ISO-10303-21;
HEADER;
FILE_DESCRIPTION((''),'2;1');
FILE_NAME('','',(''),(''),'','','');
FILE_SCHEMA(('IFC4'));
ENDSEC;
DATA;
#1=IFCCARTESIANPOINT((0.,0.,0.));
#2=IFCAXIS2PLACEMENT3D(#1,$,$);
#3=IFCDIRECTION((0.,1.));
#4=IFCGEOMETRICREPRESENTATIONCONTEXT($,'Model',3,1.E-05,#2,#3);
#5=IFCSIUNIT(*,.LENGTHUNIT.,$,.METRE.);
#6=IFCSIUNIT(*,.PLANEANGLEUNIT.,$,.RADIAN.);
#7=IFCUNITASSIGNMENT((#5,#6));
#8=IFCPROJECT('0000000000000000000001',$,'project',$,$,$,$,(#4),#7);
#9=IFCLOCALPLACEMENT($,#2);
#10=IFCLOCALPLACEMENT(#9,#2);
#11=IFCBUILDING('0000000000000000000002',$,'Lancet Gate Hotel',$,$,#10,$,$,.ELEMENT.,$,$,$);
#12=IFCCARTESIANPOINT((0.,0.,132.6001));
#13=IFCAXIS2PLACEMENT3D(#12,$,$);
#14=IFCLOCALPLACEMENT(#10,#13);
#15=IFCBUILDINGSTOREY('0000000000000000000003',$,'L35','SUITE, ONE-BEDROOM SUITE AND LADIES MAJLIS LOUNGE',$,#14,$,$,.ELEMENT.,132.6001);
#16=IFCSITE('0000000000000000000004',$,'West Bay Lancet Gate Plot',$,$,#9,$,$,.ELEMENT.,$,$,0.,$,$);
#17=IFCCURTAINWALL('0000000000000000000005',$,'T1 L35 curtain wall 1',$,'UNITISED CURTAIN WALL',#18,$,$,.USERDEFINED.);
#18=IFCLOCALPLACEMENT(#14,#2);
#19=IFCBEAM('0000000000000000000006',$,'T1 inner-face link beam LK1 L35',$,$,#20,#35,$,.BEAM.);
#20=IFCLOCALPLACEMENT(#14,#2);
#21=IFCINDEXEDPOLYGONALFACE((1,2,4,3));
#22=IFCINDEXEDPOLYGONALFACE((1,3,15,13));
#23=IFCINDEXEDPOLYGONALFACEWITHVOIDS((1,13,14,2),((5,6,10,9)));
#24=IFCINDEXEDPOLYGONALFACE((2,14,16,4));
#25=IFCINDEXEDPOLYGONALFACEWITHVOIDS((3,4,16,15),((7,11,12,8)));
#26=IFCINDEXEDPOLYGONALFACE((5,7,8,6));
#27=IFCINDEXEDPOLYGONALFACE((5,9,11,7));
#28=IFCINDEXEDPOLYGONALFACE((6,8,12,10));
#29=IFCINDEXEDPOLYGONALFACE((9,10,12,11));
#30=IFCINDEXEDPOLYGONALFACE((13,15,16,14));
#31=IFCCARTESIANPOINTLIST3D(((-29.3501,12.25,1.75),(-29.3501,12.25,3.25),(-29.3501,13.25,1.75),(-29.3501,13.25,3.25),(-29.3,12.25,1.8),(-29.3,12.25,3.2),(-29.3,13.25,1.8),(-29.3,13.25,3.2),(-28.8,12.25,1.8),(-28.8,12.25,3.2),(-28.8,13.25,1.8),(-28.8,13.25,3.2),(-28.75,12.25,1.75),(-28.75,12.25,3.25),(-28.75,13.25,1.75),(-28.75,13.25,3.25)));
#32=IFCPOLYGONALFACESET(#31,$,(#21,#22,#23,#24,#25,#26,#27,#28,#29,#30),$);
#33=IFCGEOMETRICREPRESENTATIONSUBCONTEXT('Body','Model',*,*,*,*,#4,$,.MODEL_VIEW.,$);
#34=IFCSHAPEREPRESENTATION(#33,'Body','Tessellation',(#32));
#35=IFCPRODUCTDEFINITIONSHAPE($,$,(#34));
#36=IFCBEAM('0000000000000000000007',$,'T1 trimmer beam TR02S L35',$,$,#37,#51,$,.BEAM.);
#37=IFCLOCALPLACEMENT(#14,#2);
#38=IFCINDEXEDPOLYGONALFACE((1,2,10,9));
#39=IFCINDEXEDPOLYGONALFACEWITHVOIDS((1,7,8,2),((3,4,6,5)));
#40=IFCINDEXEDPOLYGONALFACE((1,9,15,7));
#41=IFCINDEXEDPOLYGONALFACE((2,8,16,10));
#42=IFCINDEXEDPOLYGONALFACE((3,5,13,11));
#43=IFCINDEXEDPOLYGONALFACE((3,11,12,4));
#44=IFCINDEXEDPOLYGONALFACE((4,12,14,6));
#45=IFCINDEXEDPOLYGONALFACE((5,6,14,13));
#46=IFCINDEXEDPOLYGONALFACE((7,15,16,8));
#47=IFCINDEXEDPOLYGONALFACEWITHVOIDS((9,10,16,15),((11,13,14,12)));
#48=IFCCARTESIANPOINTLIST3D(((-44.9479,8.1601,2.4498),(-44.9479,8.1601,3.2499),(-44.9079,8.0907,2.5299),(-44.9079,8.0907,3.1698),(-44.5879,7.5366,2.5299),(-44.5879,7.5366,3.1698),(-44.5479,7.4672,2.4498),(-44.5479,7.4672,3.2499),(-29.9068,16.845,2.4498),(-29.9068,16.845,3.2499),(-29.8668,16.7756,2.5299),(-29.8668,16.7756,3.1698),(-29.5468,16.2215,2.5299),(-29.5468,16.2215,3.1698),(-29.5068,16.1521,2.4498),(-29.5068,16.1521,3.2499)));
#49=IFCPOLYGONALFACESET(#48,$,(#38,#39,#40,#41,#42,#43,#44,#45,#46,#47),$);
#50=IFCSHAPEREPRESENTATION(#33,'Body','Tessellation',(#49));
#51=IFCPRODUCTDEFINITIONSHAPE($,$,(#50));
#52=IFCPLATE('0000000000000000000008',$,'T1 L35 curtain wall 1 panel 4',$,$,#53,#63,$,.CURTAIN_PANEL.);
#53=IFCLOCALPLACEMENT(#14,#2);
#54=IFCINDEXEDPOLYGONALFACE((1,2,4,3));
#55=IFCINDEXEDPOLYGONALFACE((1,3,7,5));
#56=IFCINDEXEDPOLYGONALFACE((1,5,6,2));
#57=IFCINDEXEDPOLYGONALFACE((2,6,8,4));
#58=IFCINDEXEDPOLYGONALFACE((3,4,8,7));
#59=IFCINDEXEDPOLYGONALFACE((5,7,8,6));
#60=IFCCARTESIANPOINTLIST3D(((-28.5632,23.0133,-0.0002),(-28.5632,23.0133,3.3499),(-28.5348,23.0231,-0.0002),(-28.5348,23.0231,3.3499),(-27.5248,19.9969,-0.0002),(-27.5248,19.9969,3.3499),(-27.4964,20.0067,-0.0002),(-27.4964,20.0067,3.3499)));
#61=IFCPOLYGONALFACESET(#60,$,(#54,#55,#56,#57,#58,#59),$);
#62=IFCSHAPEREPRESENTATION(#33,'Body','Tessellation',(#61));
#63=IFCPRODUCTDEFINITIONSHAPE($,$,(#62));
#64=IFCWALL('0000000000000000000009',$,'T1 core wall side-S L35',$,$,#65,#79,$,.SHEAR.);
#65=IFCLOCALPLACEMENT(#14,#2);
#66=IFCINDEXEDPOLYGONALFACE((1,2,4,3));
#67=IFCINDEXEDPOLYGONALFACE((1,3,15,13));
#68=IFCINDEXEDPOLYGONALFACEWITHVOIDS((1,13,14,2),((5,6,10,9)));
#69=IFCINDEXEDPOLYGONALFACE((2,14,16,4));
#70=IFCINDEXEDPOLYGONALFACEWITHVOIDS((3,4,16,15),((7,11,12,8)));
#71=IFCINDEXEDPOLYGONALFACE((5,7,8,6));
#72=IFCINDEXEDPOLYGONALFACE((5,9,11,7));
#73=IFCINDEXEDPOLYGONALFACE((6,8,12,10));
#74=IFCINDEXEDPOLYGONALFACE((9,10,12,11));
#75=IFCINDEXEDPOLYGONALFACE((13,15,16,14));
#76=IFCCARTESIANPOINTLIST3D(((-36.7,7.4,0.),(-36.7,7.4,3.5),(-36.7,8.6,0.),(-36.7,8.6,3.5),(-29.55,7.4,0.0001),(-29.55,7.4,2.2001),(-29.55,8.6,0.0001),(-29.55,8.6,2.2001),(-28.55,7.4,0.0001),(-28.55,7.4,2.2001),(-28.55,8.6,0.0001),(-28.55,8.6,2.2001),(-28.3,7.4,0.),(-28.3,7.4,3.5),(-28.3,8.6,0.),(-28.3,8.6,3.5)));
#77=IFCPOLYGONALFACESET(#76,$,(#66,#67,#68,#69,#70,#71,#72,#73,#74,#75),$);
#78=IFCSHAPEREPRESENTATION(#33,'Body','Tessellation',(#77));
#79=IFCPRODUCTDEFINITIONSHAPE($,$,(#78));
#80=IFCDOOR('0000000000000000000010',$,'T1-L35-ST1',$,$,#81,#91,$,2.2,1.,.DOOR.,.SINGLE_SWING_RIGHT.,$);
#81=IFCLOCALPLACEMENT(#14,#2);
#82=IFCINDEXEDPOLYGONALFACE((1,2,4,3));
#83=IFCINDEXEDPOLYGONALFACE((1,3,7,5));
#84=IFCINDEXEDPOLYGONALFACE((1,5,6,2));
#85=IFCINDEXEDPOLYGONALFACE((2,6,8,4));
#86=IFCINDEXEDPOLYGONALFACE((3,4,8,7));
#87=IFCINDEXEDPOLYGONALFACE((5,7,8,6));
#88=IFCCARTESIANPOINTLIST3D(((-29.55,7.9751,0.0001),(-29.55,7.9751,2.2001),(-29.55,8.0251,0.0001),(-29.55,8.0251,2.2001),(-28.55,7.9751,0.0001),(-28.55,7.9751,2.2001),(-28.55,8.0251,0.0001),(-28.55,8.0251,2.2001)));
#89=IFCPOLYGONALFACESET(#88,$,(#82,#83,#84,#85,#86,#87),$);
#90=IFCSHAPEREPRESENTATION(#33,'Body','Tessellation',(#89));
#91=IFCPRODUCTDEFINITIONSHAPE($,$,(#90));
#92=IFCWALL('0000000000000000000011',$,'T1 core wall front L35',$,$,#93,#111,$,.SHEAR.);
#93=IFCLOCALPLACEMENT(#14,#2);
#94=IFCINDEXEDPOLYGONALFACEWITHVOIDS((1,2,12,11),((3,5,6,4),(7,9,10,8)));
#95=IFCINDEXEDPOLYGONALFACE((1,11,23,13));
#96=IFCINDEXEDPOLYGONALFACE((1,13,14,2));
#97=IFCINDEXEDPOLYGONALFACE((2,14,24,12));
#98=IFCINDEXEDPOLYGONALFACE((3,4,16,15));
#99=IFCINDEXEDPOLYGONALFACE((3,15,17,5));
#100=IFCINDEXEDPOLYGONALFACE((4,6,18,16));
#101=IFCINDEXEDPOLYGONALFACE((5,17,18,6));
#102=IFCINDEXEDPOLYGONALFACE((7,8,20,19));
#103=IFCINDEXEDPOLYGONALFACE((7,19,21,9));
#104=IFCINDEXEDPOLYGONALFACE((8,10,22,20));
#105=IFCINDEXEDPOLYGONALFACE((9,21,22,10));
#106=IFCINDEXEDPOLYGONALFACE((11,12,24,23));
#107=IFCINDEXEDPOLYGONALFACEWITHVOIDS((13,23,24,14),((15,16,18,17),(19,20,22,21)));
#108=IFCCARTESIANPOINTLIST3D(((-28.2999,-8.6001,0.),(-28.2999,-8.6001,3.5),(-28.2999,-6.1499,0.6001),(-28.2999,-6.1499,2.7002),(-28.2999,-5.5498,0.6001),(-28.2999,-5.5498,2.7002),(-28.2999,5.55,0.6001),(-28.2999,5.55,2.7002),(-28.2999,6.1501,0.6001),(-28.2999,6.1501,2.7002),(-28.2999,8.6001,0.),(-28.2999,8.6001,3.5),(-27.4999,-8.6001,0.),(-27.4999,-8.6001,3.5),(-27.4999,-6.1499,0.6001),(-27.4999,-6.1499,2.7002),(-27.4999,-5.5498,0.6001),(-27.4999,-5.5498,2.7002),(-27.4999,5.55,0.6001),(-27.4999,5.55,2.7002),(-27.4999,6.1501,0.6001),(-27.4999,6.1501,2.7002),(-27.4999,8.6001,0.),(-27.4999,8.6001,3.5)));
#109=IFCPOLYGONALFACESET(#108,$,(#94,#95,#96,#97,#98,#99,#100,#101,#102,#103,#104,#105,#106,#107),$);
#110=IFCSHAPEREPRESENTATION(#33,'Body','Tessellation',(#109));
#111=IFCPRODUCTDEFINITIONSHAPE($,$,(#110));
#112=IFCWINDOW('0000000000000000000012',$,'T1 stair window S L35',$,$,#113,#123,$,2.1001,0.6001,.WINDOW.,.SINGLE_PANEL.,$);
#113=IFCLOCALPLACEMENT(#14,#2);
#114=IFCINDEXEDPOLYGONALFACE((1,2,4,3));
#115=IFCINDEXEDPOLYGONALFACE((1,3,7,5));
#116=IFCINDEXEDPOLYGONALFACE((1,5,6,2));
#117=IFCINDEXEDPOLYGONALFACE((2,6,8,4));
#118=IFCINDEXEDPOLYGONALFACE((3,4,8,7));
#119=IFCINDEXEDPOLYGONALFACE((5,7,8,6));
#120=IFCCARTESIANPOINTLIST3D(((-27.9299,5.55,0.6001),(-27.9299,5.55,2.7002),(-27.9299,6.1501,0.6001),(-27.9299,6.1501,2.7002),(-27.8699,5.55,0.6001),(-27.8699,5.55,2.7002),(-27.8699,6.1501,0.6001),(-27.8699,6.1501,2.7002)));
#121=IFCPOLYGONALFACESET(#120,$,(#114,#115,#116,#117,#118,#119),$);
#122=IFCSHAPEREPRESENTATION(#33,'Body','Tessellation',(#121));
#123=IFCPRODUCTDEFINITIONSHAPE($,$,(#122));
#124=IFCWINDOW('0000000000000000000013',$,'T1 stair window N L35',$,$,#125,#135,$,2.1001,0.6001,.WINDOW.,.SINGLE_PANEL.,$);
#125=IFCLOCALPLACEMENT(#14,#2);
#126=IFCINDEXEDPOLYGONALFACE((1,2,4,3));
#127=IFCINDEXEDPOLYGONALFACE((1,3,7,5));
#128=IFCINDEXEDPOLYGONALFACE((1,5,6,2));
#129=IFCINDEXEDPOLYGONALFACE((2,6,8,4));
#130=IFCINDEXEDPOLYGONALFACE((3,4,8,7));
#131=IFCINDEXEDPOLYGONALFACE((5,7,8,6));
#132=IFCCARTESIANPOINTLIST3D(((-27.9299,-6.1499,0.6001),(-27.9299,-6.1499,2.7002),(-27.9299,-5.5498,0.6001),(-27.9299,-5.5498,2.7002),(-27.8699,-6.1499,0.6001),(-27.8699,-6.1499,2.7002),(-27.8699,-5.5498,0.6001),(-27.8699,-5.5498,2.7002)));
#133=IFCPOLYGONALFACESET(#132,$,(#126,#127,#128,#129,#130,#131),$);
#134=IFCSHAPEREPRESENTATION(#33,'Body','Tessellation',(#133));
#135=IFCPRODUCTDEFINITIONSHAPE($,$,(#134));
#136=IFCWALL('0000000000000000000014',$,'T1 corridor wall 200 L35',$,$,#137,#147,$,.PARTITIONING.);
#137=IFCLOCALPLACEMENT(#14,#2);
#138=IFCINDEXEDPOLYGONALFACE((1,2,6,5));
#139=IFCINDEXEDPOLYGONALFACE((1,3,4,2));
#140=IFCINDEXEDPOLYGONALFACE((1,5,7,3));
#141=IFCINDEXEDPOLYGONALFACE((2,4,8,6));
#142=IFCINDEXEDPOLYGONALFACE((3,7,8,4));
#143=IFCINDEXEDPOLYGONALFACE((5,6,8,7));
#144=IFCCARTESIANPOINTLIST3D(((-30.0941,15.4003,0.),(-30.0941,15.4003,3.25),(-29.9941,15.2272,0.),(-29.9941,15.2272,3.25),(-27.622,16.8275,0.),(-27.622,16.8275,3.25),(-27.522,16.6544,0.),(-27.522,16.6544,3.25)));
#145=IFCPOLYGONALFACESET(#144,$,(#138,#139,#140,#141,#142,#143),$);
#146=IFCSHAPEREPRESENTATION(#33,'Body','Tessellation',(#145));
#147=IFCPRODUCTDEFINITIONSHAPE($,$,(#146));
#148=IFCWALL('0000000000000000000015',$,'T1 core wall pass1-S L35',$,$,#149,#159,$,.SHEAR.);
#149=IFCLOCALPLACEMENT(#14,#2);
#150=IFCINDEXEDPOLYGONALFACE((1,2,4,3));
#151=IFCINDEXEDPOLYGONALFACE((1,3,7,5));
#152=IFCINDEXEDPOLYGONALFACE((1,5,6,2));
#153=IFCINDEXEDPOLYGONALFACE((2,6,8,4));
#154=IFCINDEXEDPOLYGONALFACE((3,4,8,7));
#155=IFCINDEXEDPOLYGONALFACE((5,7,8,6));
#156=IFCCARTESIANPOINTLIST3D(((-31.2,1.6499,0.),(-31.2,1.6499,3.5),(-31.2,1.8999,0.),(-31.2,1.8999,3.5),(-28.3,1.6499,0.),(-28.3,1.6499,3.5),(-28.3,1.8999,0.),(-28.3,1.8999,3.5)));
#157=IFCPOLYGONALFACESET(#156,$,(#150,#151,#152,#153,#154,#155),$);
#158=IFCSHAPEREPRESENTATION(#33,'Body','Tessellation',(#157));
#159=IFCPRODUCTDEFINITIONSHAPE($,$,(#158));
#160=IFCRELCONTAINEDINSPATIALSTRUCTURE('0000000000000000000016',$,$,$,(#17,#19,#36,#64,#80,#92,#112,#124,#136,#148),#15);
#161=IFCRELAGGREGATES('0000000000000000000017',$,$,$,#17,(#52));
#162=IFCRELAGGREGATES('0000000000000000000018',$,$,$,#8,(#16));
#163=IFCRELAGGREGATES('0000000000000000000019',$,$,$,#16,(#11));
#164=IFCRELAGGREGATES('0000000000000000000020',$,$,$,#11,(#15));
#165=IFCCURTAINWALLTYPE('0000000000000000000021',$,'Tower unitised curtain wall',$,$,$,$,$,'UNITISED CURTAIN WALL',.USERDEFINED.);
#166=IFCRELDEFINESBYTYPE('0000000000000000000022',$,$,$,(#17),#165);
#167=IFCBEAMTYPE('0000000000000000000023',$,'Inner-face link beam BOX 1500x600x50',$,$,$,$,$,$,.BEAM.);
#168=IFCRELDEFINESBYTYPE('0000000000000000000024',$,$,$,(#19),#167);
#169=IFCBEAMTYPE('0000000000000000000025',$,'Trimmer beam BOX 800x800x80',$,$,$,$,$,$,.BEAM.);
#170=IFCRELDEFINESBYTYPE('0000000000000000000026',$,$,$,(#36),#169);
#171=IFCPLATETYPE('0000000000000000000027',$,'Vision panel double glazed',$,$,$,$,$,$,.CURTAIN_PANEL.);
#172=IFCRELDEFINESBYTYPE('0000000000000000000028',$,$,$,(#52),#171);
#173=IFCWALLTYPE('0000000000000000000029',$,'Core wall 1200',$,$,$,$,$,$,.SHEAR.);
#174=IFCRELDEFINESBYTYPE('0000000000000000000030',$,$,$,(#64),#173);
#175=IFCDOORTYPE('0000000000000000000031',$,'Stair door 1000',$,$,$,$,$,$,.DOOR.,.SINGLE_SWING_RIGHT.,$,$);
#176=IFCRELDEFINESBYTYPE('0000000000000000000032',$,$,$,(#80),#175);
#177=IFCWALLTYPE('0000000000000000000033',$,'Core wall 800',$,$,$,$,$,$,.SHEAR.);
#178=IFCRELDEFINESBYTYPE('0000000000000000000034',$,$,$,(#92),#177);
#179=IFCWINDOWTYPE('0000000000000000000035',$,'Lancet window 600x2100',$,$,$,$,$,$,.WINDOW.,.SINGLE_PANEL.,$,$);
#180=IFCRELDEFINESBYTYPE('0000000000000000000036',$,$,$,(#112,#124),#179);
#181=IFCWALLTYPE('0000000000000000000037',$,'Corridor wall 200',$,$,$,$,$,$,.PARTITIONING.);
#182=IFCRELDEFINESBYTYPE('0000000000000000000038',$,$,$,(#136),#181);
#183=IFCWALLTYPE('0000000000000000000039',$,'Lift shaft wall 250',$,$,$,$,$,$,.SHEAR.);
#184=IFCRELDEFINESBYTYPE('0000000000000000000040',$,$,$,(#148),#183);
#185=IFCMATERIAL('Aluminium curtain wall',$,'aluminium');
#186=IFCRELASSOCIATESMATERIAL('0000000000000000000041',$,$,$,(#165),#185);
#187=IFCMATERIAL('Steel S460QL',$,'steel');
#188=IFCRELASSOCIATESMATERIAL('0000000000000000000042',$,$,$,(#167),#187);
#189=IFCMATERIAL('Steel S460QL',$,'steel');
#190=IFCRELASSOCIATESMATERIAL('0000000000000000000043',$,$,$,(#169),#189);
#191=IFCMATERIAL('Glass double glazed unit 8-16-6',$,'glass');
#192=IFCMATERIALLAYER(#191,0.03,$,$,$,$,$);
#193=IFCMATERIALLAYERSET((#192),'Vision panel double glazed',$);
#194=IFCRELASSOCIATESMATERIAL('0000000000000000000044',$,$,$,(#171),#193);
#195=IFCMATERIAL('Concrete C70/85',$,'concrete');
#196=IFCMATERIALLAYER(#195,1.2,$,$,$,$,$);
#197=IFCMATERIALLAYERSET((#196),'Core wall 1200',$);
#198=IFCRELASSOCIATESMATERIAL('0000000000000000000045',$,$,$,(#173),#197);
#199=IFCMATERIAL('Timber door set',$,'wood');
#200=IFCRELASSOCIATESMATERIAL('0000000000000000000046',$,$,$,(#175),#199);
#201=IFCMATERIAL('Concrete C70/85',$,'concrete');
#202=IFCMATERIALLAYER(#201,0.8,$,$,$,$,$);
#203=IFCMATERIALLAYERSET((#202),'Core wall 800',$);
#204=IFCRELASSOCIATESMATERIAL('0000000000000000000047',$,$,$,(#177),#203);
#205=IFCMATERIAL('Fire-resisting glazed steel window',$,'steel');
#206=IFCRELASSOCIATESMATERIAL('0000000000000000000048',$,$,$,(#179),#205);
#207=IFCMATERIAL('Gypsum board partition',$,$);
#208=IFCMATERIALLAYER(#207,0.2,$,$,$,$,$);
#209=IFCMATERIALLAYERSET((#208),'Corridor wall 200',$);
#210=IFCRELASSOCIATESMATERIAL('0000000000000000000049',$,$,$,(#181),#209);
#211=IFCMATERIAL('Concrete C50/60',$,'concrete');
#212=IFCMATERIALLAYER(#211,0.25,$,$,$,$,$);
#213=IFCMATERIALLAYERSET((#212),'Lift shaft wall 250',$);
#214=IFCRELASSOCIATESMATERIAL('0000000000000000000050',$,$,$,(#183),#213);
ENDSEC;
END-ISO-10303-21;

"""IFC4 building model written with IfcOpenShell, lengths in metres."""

from ifc_helpers import new_model, si_unit, direction, frame, frame_2d, origin, origin_2d, place, context, subcontext, project, spatial, rectangle, hollow_rectangle, extrude, material, layer, layer_set, material_profile, profile_set, type_object, element, fill, aggregate, save


model = new_model("IFC4")

# Units and contexts
model_context = context("Model", 3, precision=1e-05, world=origin(), true_north=direction((0.0, 1.0)))
body_context = subcontext(model_context, "Body", "Model", "MODEL_VIEW")
ifc_project = project(units=[si_unit("LENGTHUNIT", "METRE"), si_unit("PLANEANGLEUNIT", "RADIAN")], contexts=[model_context])

# Site, building, storey
site_placement = place(None, origin())
site = spatial("IfcSite", under=ifc_project, at=site_placement, Name="West Bay Lancet Gate Plot", CompositionType="ELEMENT", RefElevation=0.0)
building_placement = place(site_placement, origin())
building = spatial("IfcBuilding", under=site, at=building_placement, Name="Lancet Gate Hotel", CompositionType="ELEMENT")
storey_placement = place(building_placement, frame((0.0, 0.0, 132.6001)))
storey = spatial("IfcBuildingStorey", under=building, at=storey_placement, Name="L35", Description="SUITE, ONE-BEDROOM SUITE AND LADIES MAJLIS LOUNGE", CompositionType="ELEMENT", Elevation=132.6001)

# Curtain wall
ifc_material_1 = material(Name="Aluminium curtain wall", Category="aluminium")
curtain_wall_type = type_object("IfcCurtainWallType", Name="Tower unitised curtain wall", ElementType="UNITISED CURTAIN WALL", PredefinedType="USERDEFINED", material=ifc_material_1)
curtain_wall_placement = place(storey_placement, origin())
curtain_wall = element("IfcCurtainWall", 1, at=curtain_wall_placement, inside=storey, type_object=curtain_wall_type, Name="T1 L35 curtain wall 1", ObjectType="UNITISED CURTAIN WALL", PredefinedType="USERDEFINED")

# Beams
ifc_material_2 = material(Name="Steel S460QL", Category="steel")
ifc_material_profile_1 = material_profile(ifc_material_2, hollow_rectangle(XDim=0.6001, YDim=1.5, WallThickness=0.05, at=origin_2d()), Name="BOX 1500x600x50")
ifc_profile_set_1 = profile_set([ifc_material_profile_1], Name="Steel S460QL")
beam_type_1 = type_object("IfcBeamType", Name="Inner-face link beam BOX 1500x600x50", PredefinedType="BEAM", material=ifc_profile_set_1)
beam_1_placement = place(storey_placement, frame((-29.05, 13.25, 2.5), z_axis=(0.0, -1.0, 0.0), x_axis=(1.0, 0.0, 0.0)))
element("IfcBeam", 2, at=beam_1_placement, inside=storey, type_object=beam_type_1, Name="T1 inner-face link beam LK1 L35", PredefinedType="BEAM", context=body_context, shape_type="SweptSolid", body=[
    extrude(hollow_rectangle(XDim=0.6001, YDim=1.5, WallThickness=0.05, at=origin_2d()), origin(), (0.0, 0.0, 1.0), 1.0),
])
ifc_material_3 = material(Name="Steel S460QL", Category="steel")
ifc_material_profile_2 = material_profile(ifc_material_3, hollow_rectangle(XDim=0.8, YDim=0.8, WallThickness=0.0801, at=origin_2d()), Name="BOX 800x800x80")
ifc_profile_set_2 = profile_set([ifc_material_profile_2], Name="Steel S460QL")
beam_type_2 = type_object("IfcBeamType", Name="Trimmer beam BOX 800x800x80", PredefinedType="BEAM", material=ifc_profile_set_2)
beam_2_placement = place(storey_placement, frame((-29.7068, 16.4985, 2.8499), z_axis=(-0.866003, -0.500038, 0.0), x_axis=(0.500038, -0.866003, 0.0)))
element("IfcBeam", 3, at=beam_2_placement, inside=storey, type_object=beam_type_2, Name="T1 trimmer beam TR02S L35", PredefinedType="BEAM", context=body_context, shape_type="SweptSolid", body=[
    extrude(hollow_rectangle(XDim=0.8, YDim=0.8, WallThickness=0.0801, at=origin_2d()), origin(), (0.0, 0.0, 1.0), 17.3684),
])

# Plate
ifc_material_4 = material(Name="Glass double glazed unit 8-16-6", Category="glass")
ifc_layer_1 = layer(ifc_material_4, 0.03)
ifc_layer_set_1 = layer_set([ifc_layer_1], Name="Vision panel double glazed")
plate_type = type_object("IfcPlateType", Name="Vision panel double glazed", PredefinedType="CURTAIN_PANEL", material=ifc_layer_set_1)
plate_placement = place(storey_placement, frame((-28.0298, 21.51, -0.0002), z_axis=(0.0, 0.0, 1.0), x_axis=(-0.325516, 0.945537, 0.0)))
plate = element("IfcPlate", 4, at=plate_placement, type_object=plate_type, Name="T1 L35 curtain wall 1 panel 4", PredefinedType="CURTAIN_PANEL", context=body_context, shape_type="SweptSolid", body=[
    extrude(rectangle(XDim=3.1902, YDim=0.03, at=origin_2d()), origin(), (0.0, 0.0, 1.0), 3.3501),
])
aggregate(curtain_wall, [plate])

# Wall, opening, door
ifc_material_5 = material(Name="Concrete C70/85", Category="concrete")
ifc_layer_2 = layer(ifc_material_5, 1.2)
ifc_layer_set_2 = layer_set([ifc_layer_2], Name="Core wall 1200")
wall_type_1 = type_object("IfcWallType", Name="Core wall 1200", PredefinedType="SHEAR", material=ifc_layer_set_2)
wall_1_placement = place(storey_placement, frame((-28.3, 8.0, 0.0), z_axis=(0.0, 0.0, 1.0), x_axis=(-1.0, 0.0, 0.0)))
wall_1 = element("IfcWall", 5, at=wall_1_placement, inside=storey, type_object=wall_type_1, Name="T1 core wall side-S L35", PredefinedType="SHEAR", context=body_context, shape_type="SweptSolid", body=[
    extrude(rectangle(XDim=8.3999, YDim=1.2, at=frame_2d((4.2, 0.0))), origin(), (0.0, 0.0, 1.0), 3.5),
])
opening_1_placement = place(wall_1_placement, frame((0.25, 0.0, 0.0)))
opening_1 = element("IfcOpeningElement", 6, at=opening_1_placement, cuts=wall_1, PredefinedType="OPENING", context=body_context, shape_type="SweptSolid", body=[
    extrude(rectangle(XDim=1.0, YDim=2.2, at=frame_2d((0.5, 1.1001))), frame((0.0, 0.6099, 0.0), z_axis=(0.0, -1.0, 0.0), x_axis=(1.0, 0.0, 0.0)), (0.0, 0.0, 1.0), 1.22),
])
ifc_material_6 = material(Name="Timber door set", Category="wood")
door_type = type_object("IfcDoorType", Name="Stair door 1000", OperationType="SINGLE_SWING_RIGHT", PredefinedType="DOOR", material=ifc_material_6)
door_placement = place(opening_1_placement, origin())
door = element("IfcDoor", 7, at=door_placement, inside=storey, type_object=door_type, Name="T1-L35-ST1", OperationType="SINGLE_SWING_RIGHT", OverallHeight=2.2, OverallWidth=1.0, PredefinedType="DOOR", context=body_context, shape_type="SweptSolid", body=[
    extrude(rectangle(XDim=1.0, YDim=2.2, at=frame_2d((0.5, 1.1001))), frame((0.0, 0.0249, 0.0), z_axis=(0.0, -1.0, 0.0), x_axis=(1.0, 0.0, 0.0)), (0.0, 0.0, 1.0), 0.05),
])
fill(opening_1, door)

# Wall, openings, windows
ifc_material_7 = material(Name="Concrete C70/85", Category="concrete")
ifc_layer_3 = layer(ifc_material_7, 0.8)
ifc_layer_set_3 = layer_set([ifc_layer_3], Name="Core wall 800")
wall_type_2 = type_object("IfcWallType", Name="Core wall 800", PredefinedType="SHEAR", material=ifc_layer_set_3)
wall_2_placement = place(storey_placement, frame((-27.8999, 8.6001, 0.0), z_axis=(0.0, 0.0, 1.0), x_axis=(0.0, -1.0, 0.0)))
wall_2 = element("IfcWall", 8, at=wall_2_placement, inside=storey, type_object=wall_type_2, Name="T1 core wall front L35", PredefinedType="SHEAR", context=body_context, shape_type="SweptSolid", body=[
    extrude(rectangle(XDim=17.2002, YDim=0.8, at=frame_2d((8.6001, 0.0))), origin(), (0.0, 0.0, 1.0), 3.5),
])
opening_2_placement = place(wall_2_placement, frame((2.45, 0.0, 0.6001)))
opening_2 = element("IfcOpeningElement", 9, at=opening_2_placement, cuts=wall_2, PredefinedType="OPENING", context=body_context, shape_type="SweptSolid", body=[
    extrude(rectangle(XDim=0.6001, YDim=2.1001, at=frame_2d((0.3, 1.05))), frame((0.0, 0.4099, 0.0), z_axis=(0.0, -1.0, 0.0), x_axis=(1.0, 0.0, 0.0)), (0.0, 0.0, 1.0), 0.8201),
])
opening_3_placement = place(wall_2_placement, frame((14.1499, 0.0, 0.6001)))
opening_3 = element("IfcOpeningElement", 10, at=opening_3_placement, cuts=wall_2, PredefinedType="OPENING", context=body_context, shape_type="SweptSolid", body=[
    extrude(rectangle(XDim=0.6001, YDim=2.1001, at=frame_2d((0.3, 1.05))), frame((0.0, 0.4099, 0.0), z_axis=(0.0, -1.0, 0.0), x_axis=(1.0, 0.0, 0.0)), (0.0, 0.0, 1.0), 0.8201),
])
ifc_material_8 = material(Name="Fire-resisting glazed steel window", Category="steel")
window_type = type_object("IfcWindowType", Name="Lancet window 600x2100", PartitioningType="SINGLE_PANEL", PredefinedType="WINDOW", material=ifc_material_8)
window_1_placement = place(opening_2_placement, origin())
window_1 = element("IfcWindow", 11, at=window_1_placement, inside=storey, type_object=window_type, Name="T1 stair window S L35", OverallHeight=2.1001, OverallWidth=0.6001, PartitioningType="SINGLE_PANEL", PredefinedType="WINDOW", context=body_context, shape_type="SweptSolid", body=[
    extrude(rectangle(XDim=0.6001, YDim=2.1001, at=frame_2d((0.3, 1.05))), frame((0.0, 0.03, 0.0), z_axis=(0.0, -1.0, 0.0), x_axis=(1.0, 0.0, 0.0)), (0.0, 0.0, 1.0), 0.0601),
])
fill(opening_2, window_1)
window_2_placement = place(opening_3_placement, origin())
window_2 = element("IfcWindow", 12, at=window_2_placement, inside=storey, type_object=window_type, Name="T1 stair window N L35", OverallHeight=2.1001, OverallWidth=0.6001, PartitioningType="SINGLE_PANEL", PredefinedType="WINDOW", context=body_context, shape_type="SweptSolid", body=[
    extrude(rectangle(XDim=0.6001, YDim=2.1001, at=frame_2d((0.3, 1.05))), frame((0.0, 0.03, 0.0), z_axis=(0.0, -1.0, 0.0), x_axis=(1.0, 0.0, 0.0)), (0.0, 0.0, 1.0), 0.0601),
])
fill(opening_3, window_2)

# Walls
ifc_material_9 = material(Name="Gypsum board partition")
ifc_layer_4 = layer(ifc_material_9, 0.2)
ifc_layer_set_4 = layer_set([ifc_layer_4], Name="Corridor wall 200")
wall_type_3 = type_object("IfcWallType", Name="Corridor wall 200", PredefinedType="PARTITIONING", material=ifc_layer_set_4)
wall_3_placement = place(storey_placement, frame((-27.572, 16.741, 0.0), z_axis=(0.0, 0.0, 1.0), x_axis=(-0.866035, -0.499984, 0.0)))
element("IfcWall", 13, at=wall_3_placement, inside=storey, type_object=wall_type_3, Name="T1 corridor wall 200 L35", PredefinedType="PARTITIONING", context=body_context, shape_type="SweptSolid", body=[
    extrude(rectangle(XDim=2.8545, YDim=0.2, at=frame_2d((1.4272, 0.0))), origin(), (0.0, 0.0, 1.0), 3.25),
])
ifc_material_10 = material(Name="Concrete C50/60", Category="concrete")
ifc_layer_5 = layer(ifc_material_10, 0.25)
ifc_layer_set_5 = layer_set([ifc_layer_5], Name="Lift shaft wall 250")
wall_type_4 = type_object("IfcWallType", Name="Lift shaft wall 250", PredefinedType="SHEAR", material=ifc_layer_set_5)
wall_4_placement = place(storey_placement, frame((-28.3, 1.7749, 0.0), z_axis=(0.0, 0.0, 1.0), x_axis=(-1.0, 0.0, 0.0)))
element("IfcWall", 14, at=wall_4_placement, inside=storey, type_object=wall_type_4, Name="T1 core wall pass1-S L35", PredefinedType="SHEAR", context=body_context, shape_type="SweptSolid", body=[
    extrude(rectangle(XDim=2.8999, YDim=0.25, at=frame_2d((1.45, 0.0))), origin(), (0.0, 0.0, 1.0), 3.5),
])

save(model, "model.ifc")
